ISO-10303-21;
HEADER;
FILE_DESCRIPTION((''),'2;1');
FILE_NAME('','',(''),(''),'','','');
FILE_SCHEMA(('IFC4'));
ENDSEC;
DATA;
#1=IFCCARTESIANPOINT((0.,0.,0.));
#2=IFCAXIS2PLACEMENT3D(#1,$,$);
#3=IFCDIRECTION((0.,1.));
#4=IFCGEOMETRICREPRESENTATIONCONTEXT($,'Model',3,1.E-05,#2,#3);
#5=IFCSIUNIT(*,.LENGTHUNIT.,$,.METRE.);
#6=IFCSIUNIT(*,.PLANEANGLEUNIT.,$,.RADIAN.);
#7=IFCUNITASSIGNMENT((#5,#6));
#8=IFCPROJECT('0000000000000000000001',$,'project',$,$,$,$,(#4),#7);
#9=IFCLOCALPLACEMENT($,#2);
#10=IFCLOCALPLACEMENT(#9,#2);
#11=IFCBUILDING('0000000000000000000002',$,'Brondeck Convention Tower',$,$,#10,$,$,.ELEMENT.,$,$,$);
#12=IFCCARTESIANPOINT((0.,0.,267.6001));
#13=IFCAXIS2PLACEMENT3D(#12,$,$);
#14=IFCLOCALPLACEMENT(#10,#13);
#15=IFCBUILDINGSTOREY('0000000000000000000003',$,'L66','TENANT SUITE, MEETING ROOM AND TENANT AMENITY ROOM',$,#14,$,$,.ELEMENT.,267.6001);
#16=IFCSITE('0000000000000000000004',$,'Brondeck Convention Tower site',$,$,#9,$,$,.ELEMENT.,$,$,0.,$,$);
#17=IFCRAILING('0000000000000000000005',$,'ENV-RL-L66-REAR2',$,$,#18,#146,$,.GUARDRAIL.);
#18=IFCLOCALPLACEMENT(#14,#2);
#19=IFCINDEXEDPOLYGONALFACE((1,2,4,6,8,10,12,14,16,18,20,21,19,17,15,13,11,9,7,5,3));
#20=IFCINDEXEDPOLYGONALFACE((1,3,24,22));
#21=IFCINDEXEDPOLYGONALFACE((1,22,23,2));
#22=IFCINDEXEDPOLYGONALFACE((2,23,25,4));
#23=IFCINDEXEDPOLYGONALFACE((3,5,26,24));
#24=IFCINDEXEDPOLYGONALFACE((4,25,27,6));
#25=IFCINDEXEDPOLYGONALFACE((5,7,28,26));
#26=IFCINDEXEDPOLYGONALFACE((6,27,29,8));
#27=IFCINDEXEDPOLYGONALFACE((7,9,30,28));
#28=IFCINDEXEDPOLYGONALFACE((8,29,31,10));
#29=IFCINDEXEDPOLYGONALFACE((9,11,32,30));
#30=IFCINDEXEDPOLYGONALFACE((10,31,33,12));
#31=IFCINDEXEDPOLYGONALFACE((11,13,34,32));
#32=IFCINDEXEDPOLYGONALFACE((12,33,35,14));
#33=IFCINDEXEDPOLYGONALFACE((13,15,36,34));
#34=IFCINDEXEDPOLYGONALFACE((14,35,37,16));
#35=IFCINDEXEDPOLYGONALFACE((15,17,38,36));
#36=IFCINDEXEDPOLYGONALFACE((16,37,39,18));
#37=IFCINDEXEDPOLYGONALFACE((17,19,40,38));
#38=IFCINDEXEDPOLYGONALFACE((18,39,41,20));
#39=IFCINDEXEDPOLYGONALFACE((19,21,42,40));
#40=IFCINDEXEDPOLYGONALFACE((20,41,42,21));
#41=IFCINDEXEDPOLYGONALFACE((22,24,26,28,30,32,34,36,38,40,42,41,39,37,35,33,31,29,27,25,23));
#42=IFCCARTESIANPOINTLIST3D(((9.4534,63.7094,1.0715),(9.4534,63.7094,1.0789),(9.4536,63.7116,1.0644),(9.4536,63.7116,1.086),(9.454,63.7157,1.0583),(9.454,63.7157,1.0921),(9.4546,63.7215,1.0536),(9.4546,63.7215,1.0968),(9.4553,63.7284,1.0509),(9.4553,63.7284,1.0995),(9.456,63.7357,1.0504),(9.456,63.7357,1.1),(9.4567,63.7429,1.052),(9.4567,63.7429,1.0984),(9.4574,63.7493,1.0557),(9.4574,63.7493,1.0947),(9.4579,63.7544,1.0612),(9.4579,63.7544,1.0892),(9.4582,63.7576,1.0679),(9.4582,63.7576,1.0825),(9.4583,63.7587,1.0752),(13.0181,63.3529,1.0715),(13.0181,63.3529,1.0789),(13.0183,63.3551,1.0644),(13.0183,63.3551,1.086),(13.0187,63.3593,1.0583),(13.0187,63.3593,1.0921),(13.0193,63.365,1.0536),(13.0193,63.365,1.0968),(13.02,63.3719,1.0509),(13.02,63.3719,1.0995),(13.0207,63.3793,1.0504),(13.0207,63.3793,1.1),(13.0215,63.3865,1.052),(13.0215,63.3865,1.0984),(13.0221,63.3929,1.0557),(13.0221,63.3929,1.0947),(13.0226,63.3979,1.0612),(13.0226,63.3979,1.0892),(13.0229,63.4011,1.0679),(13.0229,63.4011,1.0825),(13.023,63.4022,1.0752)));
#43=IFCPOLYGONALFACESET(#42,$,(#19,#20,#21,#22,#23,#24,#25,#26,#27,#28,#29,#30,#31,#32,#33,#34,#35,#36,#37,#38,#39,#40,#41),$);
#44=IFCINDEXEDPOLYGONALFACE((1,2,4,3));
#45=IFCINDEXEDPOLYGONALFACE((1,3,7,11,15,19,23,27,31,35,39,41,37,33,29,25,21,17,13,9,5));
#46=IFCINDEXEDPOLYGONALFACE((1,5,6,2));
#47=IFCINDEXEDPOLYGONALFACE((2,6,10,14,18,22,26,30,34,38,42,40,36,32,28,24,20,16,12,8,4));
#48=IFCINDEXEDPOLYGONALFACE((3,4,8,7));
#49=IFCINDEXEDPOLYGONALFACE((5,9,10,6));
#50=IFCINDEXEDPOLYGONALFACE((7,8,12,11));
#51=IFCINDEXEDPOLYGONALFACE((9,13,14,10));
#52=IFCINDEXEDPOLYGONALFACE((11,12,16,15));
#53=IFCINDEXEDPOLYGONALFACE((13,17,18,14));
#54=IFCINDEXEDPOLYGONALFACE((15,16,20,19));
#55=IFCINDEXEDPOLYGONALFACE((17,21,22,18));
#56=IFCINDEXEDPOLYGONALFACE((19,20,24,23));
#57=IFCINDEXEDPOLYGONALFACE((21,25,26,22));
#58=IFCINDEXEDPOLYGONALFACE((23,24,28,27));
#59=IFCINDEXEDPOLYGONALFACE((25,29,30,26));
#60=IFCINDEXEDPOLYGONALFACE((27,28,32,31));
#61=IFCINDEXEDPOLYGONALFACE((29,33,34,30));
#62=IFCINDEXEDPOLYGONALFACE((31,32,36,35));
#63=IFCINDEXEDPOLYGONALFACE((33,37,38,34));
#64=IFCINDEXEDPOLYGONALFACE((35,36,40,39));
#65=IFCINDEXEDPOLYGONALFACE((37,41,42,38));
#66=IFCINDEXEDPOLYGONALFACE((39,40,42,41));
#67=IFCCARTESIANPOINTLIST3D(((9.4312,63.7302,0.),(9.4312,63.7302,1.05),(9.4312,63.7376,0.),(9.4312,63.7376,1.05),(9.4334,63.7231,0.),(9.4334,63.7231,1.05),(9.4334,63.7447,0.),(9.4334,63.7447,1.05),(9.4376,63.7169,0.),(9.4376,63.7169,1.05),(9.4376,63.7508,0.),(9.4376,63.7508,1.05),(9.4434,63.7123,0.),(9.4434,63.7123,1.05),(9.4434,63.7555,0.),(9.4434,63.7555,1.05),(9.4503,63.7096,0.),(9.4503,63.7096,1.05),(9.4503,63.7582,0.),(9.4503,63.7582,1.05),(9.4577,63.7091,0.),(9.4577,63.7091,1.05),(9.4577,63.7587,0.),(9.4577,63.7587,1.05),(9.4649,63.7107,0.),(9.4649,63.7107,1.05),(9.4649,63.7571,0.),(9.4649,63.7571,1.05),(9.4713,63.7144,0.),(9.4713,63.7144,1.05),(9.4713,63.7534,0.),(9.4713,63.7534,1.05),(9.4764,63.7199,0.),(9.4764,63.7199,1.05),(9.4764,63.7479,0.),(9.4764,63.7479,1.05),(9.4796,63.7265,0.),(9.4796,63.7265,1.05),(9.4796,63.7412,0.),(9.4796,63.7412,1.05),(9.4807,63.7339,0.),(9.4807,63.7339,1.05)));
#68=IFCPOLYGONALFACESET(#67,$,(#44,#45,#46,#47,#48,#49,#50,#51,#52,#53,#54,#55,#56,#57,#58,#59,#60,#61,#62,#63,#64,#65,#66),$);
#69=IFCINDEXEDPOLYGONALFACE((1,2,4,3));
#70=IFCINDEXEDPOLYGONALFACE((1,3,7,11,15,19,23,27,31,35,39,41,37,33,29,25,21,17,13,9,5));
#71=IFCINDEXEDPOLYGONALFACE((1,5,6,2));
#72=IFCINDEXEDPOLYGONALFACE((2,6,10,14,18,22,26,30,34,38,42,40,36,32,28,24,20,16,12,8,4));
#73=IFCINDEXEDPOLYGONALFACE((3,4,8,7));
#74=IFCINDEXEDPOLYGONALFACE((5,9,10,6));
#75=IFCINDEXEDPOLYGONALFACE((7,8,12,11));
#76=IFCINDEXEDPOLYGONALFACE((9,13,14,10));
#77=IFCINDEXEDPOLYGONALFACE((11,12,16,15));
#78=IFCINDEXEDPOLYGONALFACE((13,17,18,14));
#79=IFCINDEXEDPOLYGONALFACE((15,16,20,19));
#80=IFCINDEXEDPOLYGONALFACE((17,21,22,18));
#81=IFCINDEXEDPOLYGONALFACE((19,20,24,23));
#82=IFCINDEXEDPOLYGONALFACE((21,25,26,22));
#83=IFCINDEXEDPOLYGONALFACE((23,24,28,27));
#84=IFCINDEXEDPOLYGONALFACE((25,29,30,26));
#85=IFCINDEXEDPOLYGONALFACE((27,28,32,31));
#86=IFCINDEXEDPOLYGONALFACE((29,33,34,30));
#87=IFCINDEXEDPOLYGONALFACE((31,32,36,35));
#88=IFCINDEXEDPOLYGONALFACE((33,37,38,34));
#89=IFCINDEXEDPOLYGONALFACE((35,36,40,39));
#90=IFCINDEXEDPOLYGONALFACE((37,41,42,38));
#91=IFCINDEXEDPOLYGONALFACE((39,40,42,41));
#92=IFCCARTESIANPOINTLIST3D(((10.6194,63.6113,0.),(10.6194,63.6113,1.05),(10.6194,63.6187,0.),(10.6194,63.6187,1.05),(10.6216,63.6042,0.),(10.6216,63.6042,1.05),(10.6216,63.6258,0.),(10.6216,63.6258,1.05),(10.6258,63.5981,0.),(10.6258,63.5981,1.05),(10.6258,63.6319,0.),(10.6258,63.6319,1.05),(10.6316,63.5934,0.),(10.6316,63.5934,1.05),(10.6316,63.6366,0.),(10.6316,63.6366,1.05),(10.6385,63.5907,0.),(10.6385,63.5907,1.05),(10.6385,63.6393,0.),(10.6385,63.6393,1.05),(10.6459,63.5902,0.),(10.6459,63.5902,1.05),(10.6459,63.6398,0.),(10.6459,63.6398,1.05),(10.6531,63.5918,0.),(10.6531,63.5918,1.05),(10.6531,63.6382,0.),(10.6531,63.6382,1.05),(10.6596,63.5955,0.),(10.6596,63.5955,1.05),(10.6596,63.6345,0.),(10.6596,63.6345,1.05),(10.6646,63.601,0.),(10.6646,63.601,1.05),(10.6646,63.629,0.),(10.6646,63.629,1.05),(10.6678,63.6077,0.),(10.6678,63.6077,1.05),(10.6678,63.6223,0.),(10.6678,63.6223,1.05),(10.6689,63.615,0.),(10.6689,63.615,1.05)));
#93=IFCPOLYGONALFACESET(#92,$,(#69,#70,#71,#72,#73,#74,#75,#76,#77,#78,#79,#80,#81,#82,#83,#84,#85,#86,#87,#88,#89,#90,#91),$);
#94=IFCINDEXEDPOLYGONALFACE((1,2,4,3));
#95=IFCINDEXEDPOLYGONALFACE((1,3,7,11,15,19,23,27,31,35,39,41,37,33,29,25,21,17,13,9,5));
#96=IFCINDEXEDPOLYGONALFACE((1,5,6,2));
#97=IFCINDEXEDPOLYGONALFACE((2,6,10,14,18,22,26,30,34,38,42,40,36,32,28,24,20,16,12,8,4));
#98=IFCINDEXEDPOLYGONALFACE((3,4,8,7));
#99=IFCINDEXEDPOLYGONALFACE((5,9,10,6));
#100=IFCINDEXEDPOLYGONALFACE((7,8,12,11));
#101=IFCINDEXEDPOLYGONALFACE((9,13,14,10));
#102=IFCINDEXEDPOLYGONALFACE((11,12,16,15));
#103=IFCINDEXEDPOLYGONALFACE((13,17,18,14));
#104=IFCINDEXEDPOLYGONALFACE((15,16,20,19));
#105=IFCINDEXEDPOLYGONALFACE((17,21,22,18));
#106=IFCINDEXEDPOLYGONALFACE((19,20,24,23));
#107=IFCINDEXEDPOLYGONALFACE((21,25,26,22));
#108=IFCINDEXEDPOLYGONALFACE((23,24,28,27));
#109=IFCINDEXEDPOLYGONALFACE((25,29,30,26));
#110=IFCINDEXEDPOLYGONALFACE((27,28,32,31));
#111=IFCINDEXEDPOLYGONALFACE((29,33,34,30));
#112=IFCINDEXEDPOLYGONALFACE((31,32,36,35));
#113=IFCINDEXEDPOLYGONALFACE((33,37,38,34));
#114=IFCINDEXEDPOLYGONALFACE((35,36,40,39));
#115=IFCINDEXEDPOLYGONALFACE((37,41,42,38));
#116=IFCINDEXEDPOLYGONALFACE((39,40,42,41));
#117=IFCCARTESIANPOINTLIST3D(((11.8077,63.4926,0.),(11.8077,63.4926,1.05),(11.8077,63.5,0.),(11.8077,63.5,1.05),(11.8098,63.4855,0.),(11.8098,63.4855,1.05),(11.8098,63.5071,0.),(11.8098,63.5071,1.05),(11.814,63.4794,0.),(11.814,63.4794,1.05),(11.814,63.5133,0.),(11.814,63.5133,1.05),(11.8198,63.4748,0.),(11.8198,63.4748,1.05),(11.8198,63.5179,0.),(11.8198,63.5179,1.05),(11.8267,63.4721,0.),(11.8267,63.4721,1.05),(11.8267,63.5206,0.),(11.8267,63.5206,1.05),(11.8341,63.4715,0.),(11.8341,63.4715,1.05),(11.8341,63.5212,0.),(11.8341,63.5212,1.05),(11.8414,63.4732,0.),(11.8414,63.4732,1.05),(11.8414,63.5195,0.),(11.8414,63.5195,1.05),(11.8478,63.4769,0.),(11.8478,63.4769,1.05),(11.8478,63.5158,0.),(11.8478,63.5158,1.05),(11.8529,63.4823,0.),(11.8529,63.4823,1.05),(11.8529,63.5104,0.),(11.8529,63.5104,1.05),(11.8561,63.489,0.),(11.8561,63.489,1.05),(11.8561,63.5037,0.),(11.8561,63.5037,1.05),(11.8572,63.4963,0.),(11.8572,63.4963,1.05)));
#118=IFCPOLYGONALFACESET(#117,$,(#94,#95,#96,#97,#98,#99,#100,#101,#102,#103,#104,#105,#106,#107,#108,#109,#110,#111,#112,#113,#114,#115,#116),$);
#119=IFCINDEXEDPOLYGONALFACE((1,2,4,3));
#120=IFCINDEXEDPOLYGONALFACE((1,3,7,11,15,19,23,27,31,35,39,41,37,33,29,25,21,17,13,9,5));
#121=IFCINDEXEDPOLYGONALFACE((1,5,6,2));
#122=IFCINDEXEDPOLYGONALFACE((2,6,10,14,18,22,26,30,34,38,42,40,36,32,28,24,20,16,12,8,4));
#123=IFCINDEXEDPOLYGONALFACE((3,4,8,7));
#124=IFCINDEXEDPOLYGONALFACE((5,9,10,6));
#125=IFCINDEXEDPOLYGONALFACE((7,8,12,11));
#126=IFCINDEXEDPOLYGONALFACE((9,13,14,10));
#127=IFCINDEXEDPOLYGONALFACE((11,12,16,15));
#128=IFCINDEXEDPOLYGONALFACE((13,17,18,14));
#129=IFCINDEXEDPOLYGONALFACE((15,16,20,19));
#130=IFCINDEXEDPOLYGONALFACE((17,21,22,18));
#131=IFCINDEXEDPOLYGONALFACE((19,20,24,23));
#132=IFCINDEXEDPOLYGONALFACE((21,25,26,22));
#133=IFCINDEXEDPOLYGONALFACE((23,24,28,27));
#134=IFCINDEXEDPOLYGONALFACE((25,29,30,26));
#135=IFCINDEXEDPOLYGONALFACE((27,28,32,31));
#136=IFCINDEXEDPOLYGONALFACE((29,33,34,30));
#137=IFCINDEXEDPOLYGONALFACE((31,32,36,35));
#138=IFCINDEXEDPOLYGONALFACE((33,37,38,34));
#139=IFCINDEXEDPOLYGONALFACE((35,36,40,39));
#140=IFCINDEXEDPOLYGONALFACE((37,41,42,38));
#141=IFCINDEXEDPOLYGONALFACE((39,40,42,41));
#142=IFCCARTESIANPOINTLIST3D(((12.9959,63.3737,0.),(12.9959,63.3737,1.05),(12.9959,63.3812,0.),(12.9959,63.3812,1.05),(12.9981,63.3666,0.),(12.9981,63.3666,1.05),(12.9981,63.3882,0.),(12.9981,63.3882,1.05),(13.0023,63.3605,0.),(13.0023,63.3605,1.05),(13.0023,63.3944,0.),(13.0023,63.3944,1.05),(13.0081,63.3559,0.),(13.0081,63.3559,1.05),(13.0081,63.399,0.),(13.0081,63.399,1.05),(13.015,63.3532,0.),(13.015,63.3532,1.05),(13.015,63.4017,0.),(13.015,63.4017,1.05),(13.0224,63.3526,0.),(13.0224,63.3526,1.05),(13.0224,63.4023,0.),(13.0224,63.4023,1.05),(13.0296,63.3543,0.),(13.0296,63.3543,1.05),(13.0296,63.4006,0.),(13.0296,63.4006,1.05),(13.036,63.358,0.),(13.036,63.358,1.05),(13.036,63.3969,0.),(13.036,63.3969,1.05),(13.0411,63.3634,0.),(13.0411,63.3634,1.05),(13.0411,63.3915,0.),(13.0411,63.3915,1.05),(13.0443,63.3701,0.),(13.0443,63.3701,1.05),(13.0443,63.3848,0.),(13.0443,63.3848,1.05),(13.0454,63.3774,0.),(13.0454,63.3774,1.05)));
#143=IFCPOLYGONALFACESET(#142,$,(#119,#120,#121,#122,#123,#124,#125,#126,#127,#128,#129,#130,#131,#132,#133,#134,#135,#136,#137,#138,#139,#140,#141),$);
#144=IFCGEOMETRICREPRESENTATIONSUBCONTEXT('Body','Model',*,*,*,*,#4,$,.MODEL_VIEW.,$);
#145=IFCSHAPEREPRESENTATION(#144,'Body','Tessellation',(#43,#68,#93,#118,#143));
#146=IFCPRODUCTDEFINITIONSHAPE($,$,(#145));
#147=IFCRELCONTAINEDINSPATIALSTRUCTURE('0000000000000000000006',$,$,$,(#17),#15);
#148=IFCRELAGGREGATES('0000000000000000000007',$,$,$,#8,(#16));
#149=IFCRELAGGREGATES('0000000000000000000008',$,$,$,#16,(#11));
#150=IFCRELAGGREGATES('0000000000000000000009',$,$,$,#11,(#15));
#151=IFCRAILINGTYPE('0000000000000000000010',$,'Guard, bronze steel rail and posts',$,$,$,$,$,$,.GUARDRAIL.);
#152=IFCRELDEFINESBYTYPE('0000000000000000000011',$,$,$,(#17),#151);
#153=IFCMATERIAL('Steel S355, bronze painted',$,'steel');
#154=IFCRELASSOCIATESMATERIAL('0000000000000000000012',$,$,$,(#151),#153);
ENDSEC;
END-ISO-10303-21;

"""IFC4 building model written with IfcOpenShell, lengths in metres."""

from ifc_helpers import new_model, si_unit, direction, frame, origin, origin_2d, place, context, subcontext, project, spatial, circle, extrude, material, type_object, element, save


model = new_model("IFC4")

# Units and contexts
model_context = context("Model", 3, precision=1e-05, world=origin(), true_north=direction((0.0, 1.0)))
body_context = subcontext(model_context, "Body", "Model", "MODEL_VIEW")
ifc_project = project(units=[si_unit("LENGTHUNIT", "METRE"), si_unit("PLANEANGLEUNIT", "RADIAN")], contexts=[model_context])

# Site, building, storey
site_placement = place(None, origin())
site = spatial("IfcSite", under=ifc_project, at=site_placement, Name="Brondeck Convention Tower site", CompositionType="ELEMENT", RefElevation=0.0)
building_placement = place(site_placement, origin())
building = spatial("IfcBuilding", under=site, at=building_placement, Name="Brondeck Convention Tower", CompositionType="ELEMENT")
storey_placement = place(building_placement, frame((0.0, 0.0, 267.6001)))
storey = spatial("IfcBuildingStorey", under=building, at=storey_placement, Name="L66", Description="TENANT SUITE, MEETING ROOM AND TENANT AMENITY ROOM", CompositionType="ELEMENT", Elevation=267.6001)

# Railing
ifc_material_1 = material(Name="Steel S355, bronze painted", Category="steel")
railing_type_1 = type_object("IfcRailingType", Name="Guard, bronze steel rail and posts", PredefinedType="GUARDRAIL", material=ifc_material_1)
railing_1_placement = place(storey_placement, frame((9.4558, 63.7339, 0.0)))
element("IfcRailing", 1, at=railing_1_placement, inside=storey, type_object=railing_type_1, Name="ENV-RL-L66-REAR2", PredefinedType="GUARDRAIL", context=body_context, shape_type="SweptSolid", body=[
    extrude(circle(Radius=0.0249, at=origin_2d()), frame((0.0, 0.0, 1.0752), z_axis=(0.995038, -0.099497, 0.0), x_axis=(0.099497, 0.995038, 0.0)), (0.0, 0.0, 1.0), 3.5825),
    extrude(circle(Radius=0.0249, at=origin_2d()), origin(), (0.0, 0.0, 1.0), 1.05),
    extrude(circle(Radius=0.0249, at=origin_2d()), frame((1.1882, -0.1189, 0.0)), (0.0, 0.0, 1.0), 1.05),
    extrude(circle(Radius=0.0249, at=origin_2d()), frame((2.3765, -0.2375, 0.0)), (0.0, 0.0, 1.0), 1.05),
    extrude(circle(Radius=0.0249, at=origin_2d()), frame((3.5647, -0.3564, 0.0)), (0.0, 0.0, 1.0), 1.05),
])

save(model, "model.ifc")
